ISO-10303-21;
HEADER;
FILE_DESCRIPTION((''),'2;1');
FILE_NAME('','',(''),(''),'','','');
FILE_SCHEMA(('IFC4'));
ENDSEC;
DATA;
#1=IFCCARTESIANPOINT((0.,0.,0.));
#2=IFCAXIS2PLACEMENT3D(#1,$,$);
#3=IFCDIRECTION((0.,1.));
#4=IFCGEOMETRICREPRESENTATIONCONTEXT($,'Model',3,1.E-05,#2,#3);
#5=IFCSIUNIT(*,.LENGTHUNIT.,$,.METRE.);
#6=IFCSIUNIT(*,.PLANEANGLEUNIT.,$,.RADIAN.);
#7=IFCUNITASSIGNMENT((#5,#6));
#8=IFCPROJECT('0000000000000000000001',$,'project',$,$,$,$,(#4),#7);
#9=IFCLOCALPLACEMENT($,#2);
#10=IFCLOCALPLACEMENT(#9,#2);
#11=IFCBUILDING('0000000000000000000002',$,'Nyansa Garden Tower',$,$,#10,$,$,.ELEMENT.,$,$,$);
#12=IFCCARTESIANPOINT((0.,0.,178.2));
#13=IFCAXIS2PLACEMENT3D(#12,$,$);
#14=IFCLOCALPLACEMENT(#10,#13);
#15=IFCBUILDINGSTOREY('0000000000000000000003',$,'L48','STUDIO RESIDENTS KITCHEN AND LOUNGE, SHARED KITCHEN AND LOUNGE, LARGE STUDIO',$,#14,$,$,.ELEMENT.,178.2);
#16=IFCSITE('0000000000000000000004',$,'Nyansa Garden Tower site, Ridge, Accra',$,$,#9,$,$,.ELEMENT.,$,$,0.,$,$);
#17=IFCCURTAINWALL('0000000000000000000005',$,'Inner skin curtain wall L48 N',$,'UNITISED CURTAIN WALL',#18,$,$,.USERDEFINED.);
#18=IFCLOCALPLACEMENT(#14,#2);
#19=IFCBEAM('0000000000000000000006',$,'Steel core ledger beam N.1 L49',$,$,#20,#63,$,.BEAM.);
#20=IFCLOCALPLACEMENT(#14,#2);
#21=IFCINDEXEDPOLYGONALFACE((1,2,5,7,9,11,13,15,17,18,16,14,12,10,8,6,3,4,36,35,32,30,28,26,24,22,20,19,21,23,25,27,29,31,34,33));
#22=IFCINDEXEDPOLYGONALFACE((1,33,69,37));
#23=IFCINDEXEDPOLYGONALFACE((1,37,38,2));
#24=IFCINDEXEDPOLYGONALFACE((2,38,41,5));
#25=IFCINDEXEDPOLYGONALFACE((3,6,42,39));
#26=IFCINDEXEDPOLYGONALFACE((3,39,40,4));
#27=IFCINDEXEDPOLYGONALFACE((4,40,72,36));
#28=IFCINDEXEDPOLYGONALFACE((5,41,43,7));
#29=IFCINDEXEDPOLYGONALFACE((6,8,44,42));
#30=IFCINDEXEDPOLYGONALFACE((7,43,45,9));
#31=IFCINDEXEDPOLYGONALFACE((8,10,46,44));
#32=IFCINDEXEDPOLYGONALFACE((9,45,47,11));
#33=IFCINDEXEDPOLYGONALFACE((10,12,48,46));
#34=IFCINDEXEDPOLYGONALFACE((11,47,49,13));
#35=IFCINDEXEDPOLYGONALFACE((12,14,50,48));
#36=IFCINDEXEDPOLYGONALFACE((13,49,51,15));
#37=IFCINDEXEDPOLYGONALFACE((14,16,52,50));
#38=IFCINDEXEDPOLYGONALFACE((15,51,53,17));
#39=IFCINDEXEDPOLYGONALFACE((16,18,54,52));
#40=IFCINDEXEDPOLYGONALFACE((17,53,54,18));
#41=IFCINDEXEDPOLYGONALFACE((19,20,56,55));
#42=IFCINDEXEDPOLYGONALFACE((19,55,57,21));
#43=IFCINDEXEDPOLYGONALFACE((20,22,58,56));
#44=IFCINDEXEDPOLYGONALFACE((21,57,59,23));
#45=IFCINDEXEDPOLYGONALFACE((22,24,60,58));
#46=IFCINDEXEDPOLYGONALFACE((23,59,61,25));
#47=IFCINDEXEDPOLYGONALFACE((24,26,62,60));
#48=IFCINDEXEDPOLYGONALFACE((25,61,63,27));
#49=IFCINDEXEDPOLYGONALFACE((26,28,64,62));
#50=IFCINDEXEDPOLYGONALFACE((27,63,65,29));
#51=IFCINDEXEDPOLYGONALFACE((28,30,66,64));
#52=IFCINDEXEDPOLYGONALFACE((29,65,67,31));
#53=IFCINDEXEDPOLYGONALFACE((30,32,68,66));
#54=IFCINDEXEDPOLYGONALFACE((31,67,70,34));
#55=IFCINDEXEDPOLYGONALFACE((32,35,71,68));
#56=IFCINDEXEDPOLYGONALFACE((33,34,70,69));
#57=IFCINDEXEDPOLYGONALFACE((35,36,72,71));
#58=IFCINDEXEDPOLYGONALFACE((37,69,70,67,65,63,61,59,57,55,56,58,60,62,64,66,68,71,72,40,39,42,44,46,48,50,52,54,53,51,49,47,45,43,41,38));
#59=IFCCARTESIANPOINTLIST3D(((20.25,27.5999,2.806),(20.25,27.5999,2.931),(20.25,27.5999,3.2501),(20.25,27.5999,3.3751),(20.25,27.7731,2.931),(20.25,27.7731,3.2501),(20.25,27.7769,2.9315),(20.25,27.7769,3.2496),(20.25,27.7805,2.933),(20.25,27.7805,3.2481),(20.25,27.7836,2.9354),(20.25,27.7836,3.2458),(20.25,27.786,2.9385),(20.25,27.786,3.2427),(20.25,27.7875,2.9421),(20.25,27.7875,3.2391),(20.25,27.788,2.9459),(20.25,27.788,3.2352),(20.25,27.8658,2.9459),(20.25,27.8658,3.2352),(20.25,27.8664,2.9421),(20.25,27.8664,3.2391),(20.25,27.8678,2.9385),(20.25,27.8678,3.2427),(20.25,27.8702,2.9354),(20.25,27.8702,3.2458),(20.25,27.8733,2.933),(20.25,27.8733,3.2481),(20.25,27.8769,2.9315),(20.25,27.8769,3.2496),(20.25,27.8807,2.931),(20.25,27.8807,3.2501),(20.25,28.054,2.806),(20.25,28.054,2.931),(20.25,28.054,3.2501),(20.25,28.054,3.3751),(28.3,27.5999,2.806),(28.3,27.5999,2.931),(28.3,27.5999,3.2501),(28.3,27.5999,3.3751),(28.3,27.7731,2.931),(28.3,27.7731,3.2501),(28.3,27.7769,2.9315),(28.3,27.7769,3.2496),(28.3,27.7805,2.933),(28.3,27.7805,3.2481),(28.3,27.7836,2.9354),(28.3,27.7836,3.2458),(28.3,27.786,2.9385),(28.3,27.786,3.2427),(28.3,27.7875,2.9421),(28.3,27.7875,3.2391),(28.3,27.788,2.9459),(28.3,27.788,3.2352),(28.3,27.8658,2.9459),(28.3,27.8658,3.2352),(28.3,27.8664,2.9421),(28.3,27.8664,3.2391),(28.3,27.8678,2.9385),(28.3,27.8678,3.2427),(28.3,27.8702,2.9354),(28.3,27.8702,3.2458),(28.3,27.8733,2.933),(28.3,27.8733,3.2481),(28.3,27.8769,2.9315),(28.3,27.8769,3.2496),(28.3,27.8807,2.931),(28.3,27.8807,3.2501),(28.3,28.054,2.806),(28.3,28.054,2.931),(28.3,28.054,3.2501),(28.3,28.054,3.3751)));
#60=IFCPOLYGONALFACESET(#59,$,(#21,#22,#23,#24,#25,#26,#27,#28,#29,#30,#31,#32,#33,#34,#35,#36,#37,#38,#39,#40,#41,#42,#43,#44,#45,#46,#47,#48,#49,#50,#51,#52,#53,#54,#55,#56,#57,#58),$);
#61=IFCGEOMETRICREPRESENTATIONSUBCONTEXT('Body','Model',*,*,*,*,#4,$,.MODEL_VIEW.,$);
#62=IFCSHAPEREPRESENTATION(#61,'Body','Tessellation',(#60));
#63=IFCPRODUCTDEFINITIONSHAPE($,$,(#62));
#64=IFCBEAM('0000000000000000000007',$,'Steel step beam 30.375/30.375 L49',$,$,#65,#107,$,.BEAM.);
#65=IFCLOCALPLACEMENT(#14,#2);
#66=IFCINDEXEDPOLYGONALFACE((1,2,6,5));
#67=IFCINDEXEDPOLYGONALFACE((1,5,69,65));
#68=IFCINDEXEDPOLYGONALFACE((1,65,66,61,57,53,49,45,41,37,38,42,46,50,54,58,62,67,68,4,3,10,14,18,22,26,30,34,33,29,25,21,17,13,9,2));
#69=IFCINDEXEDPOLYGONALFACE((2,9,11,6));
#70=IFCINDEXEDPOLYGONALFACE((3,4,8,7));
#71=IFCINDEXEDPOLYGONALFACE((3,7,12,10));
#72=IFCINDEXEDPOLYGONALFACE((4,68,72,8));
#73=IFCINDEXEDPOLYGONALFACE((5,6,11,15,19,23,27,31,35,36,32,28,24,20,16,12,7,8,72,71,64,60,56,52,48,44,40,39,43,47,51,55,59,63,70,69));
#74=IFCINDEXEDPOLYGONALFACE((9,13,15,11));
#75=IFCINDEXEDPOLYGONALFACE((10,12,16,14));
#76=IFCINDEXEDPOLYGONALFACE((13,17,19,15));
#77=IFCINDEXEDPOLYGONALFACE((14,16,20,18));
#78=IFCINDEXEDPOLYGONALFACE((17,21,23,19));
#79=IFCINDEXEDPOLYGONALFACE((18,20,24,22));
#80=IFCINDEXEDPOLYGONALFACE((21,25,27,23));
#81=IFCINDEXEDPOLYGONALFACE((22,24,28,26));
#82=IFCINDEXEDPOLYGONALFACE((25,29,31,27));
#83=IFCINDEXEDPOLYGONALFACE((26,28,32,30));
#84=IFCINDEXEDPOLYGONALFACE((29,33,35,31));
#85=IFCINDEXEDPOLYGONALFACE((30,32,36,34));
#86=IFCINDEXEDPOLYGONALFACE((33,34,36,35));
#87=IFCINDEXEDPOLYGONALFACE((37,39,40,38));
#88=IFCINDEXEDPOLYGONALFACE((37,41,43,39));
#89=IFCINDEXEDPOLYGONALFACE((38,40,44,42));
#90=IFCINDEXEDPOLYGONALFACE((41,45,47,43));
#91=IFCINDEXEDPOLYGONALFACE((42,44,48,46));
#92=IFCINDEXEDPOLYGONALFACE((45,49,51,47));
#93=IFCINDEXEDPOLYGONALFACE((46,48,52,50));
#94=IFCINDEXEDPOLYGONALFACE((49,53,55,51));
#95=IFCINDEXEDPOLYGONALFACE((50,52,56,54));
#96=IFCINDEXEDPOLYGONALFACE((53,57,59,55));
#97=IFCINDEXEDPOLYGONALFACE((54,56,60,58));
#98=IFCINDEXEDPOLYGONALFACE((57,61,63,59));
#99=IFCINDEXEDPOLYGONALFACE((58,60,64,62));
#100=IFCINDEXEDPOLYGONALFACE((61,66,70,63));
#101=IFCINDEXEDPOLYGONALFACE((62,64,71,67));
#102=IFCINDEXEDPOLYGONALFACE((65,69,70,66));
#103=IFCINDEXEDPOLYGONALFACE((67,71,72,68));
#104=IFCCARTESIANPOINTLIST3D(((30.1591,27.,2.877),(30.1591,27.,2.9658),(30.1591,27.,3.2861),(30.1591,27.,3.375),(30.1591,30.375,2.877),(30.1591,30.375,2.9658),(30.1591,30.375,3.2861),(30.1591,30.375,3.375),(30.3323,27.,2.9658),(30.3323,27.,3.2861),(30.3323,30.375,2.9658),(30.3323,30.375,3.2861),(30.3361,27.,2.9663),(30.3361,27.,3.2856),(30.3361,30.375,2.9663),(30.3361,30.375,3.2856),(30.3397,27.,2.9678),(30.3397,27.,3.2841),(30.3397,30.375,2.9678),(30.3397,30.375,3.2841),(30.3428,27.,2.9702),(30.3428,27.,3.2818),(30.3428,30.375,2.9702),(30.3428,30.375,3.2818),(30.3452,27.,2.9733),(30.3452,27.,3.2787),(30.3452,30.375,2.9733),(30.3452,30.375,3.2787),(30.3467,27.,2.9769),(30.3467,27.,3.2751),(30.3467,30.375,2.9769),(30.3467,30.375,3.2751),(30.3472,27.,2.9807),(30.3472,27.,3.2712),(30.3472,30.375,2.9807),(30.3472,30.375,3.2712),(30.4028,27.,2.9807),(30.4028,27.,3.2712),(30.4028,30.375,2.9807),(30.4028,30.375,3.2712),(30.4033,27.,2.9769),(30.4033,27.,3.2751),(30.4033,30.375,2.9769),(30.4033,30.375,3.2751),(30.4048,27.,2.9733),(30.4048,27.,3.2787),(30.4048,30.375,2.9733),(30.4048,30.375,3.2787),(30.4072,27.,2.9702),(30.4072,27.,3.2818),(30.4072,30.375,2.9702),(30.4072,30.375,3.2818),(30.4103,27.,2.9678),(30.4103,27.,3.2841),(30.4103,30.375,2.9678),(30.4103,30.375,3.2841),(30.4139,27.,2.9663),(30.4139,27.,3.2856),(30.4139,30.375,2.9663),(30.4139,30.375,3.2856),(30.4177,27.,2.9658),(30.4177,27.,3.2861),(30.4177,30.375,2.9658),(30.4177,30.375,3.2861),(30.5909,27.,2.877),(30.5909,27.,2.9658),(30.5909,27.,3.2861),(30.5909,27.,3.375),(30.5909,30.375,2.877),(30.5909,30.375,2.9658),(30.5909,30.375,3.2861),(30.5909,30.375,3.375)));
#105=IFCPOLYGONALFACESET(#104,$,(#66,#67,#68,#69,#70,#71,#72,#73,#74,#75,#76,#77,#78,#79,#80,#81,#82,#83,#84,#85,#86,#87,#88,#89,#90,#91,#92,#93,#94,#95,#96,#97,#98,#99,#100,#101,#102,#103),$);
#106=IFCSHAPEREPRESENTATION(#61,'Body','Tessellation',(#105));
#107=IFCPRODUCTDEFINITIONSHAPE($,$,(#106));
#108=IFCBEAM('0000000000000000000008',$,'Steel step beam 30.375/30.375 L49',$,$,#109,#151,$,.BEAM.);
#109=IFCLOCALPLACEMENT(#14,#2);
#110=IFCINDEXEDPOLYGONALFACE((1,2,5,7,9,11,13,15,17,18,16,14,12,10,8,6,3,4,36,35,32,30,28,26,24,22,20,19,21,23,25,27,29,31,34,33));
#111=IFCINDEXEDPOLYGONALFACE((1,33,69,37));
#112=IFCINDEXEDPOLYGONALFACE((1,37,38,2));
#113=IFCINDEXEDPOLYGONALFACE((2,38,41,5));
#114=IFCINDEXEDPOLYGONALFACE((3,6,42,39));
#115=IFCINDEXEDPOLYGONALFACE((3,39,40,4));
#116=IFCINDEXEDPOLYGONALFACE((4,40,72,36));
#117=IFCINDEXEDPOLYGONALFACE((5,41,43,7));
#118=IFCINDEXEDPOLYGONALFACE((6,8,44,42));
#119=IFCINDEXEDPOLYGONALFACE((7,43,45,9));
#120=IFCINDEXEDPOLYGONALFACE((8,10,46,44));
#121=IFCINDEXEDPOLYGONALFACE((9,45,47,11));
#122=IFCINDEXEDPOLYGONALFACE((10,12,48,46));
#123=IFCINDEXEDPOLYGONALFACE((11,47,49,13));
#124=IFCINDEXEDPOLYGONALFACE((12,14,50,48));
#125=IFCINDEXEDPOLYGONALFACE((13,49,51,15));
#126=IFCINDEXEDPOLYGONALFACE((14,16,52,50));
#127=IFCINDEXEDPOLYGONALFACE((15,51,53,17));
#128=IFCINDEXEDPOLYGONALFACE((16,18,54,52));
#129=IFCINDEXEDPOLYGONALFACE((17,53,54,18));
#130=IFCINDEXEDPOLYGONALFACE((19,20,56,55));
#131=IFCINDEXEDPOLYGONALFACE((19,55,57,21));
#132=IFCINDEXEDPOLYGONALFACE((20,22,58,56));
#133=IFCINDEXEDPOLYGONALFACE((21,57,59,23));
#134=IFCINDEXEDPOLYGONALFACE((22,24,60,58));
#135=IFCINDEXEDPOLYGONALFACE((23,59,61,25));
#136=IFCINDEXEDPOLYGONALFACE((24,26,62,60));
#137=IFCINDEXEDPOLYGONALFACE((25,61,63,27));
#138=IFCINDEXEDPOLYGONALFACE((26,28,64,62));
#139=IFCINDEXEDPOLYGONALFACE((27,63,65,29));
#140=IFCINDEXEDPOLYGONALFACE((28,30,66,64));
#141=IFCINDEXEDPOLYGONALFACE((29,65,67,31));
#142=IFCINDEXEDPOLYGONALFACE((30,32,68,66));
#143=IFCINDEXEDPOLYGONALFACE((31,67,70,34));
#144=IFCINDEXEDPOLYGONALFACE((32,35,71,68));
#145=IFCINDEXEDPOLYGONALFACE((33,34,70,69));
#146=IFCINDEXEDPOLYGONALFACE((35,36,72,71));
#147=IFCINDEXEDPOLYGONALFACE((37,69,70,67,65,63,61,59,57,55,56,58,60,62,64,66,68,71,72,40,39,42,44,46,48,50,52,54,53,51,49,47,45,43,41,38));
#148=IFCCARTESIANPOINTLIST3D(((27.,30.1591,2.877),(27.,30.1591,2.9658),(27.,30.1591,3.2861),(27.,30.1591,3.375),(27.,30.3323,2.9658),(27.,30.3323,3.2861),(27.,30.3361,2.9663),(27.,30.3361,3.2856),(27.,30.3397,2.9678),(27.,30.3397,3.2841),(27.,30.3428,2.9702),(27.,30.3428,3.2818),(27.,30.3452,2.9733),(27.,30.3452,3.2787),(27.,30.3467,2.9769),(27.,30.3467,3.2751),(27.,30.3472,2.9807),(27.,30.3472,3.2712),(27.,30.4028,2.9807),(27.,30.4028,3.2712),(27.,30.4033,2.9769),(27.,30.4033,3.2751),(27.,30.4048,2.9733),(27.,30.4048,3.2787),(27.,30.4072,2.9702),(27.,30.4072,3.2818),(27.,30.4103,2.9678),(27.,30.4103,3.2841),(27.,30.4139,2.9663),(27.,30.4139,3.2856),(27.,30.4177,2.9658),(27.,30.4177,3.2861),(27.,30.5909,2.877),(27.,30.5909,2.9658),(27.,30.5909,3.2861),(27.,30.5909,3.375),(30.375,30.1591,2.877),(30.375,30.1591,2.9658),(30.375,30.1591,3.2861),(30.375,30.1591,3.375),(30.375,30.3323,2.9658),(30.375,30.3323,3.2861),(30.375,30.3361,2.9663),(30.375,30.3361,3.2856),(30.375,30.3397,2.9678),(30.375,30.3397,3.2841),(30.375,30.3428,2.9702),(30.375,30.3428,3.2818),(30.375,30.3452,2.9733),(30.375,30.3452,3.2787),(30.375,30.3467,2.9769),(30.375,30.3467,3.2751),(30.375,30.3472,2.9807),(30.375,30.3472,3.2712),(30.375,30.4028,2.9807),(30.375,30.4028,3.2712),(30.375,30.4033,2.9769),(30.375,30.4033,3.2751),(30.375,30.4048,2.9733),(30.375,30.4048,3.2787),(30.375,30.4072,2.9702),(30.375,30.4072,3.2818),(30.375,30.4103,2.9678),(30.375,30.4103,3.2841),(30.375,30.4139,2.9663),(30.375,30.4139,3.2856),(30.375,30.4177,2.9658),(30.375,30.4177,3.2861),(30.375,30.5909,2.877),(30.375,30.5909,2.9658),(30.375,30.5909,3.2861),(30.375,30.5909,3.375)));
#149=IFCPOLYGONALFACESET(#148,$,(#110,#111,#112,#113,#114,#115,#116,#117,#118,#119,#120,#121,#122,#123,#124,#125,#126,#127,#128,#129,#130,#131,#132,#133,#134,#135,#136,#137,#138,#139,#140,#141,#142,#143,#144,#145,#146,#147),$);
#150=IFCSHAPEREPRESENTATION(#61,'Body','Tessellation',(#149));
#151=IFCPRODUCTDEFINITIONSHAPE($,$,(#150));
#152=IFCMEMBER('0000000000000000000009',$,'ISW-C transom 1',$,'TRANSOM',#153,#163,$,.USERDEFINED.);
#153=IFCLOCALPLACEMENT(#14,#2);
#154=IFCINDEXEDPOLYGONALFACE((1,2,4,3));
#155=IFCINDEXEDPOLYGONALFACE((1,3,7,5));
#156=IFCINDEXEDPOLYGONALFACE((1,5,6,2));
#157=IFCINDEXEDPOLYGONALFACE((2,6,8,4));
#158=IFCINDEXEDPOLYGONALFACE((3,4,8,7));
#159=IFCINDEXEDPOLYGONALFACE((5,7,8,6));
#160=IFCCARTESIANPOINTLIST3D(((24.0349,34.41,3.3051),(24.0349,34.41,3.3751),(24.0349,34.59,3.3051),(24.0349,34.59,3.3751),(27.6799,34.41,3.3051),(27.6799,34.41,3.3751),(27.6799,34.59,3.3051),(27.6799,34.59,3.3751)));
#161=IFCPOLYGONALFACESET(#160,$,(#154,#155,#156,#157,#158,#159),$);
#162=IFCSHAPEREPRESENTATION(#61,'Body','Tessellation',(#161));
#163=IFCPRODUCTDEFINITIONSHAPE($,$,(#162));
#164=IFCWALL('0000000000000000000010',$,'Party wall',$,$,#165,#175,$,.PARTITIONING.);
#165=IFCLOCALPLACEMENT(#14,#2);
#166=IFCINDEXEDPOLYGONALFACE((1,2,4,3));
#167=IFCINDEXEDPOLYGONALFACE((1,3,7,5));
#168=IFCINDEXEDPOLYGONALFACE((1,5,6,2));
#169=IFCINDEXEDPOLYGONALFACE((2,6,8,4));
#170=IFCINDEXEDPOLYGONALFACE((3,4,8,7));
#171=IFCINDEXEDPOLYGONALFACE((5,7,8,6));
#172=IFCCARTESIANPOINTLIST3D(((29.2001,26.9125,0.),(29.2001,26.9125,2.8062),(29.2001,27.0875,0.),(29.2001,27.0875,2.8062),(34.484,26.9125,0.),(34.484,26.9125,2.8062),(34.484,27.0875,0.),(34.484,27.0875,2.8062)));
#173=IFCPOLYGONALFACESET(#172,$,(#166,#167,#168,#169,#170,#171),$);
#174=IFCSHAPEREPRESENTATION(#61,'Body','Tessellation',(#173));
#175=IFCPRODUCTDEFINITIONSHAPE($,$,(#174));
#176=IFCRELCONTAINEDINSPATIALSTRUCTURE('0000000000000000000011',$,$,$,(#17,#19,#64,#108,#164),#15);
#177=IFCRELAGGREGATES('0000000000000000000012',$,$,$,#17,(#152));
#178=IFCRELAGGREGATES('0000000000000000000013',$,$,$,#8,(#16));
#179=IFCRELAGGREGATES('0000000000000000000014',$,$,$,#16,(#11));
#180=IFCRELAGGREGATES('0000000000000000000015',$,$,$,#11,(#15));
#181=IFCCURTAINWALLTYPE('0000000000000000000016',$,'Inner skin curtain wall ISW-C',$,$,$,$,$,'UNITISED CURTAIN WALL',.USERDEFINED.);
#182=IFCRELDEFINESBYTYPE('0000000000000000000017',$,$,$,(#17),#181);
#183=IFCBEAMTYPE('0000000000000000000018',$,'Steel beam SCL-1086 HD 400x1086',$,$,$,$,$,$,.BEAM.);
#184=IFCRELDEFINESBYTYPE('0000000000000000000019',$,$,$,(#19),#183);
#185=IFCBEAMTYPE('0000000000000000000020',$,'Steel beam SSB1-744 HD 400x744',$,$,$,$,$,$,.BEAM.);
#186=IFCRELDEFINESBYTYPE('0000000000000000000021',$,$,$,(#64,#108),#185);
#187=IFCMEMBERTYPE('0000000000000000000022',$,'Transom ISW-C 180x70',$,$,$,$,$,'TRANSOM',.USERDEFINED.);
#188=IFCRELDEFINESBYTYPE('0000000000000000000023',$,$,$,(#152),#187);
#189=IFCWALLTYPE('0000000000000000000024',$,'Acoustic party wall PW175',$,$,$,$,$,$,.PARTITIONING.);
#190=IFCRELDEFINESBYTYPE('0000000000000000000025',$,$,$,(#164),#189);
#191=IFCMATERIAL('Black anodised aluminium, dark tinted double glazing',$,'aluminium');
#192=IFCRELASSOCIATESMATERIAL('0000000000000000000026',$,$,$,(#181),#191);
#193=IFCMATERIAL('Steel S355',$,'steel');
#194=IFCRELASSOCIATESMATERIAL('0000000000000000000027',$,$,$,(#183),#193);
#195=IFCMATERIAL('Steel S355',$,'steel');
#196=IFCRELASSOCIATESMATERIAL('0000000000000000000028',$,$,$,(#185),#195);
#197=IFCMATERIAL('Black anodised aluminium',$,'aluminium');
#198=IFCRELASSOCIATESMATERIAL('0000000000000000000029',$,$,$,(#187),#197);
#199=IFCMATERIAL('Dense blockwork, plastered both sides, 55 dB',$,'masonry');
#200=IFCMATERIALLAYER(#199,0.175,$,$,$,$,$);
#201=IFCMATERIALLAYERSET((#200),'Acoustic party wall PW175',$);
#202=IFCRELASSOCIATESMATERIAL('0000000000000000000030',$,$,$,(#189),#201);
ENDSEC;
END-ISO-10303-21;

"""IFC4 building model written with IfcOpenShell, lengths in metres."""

from ifc_helpers import new_model, si_unit, direction, frame, frame_2d, origin, origin_2d, place, context, subcontext, project, spatial, rectangle, i_section, extrude, material, layer, layer_set, material_profile, profile_set, type_object, element, aggregate, save


model = new_model("IFC4")

# Units and contexts
model_context = context("Model", 3, precision=1e-05, world=origin(), true_north=direction((0.0, 1.0)))
body_context = subcontext(model_context, "Body", "Model", "MODEL_VIEW")
ifc_project = project(units=[si_unit("LENGTHUNIT", "METRE"), si_unit("PLANEANGLEUNIT", "RADIAN")], contexts=[model_context])

# Site, building, storey
site_placement = place(None, origin())
site = spatial("IfcSite", under=ifc_project, at=site_placement, Name="Nyansa Garden Tower site, Ridge, Accra", CompositionType="ELEMENT", RefElevation=0.0)
building_placement = place(site_placement, origin())
building = spatial("IfcBuilding", under=site, at=building_placement, Name="Nyansa Garden Tower", CompositionType="ELEMENT")
storey_placement = place(building_placement, frame((0.0, 0.0, 178.2)))
storey = spatial("IfcBuildingStorey", under=building, at=storey_placement, Name="L48", Description="STUDIO RESIDENTS KITCHEN AND LOUNGE, SHARED KITCHEN AND LOUNGE, LARGE STUDIO", CompositionType="ELEMENT", Elevation=178.2)

# Curtain wall
ifc_material_1 = material(Name="Black anodised aluminium, dark tinted double glazing", Category="aluminium")
curtain_wall_type = type_object("IfcCurtainWallType", Name="Inner skin curtain wall ISW-C", ElementType="UNITISED CURTAIN WALL", PredefinedType="USERDEFINED", material=ifc_material_1)
curtain_wall_1_placement = place(storey_placement, origin())
curtain_wall_1 = element("IfcCurtainWall", 1, at=curtain_wall_1_placement, inside=storey, type_object=curtain_wall_type, Name="Inner skin curtain wall L48 N", ObjectType="UNITISED CURTAIN WALL", PredefinedType="USERDEFINED")

# Beams
ifc_material_2 = material(Name="Steel S355", Category="steel")
ifc_material_profile_1 = material_profile(ifc_material_2, i_section(OverallWidth=0.4541, OverallDepth=0.5691, WebThickness=0.0779, FlangeThickness=0.125, FilletRadius=0.0149, at=origin_2d()), Name="HD 400x1086")
ifc_profile_set_1 = profile_set([ifc_material_profile_1], Name="Steel S355")
beam_type_1 = type_object("IfcBeamType", Name="Steel beam SCL-1086 HD 400x1086", PredefinedType="BEAM", material=ifc_profile_set_1)
beam_1_placement = place(storey_placement, frame((28.3, 27.8269, 3.0906), z_axis=(-1.0, 0.0, 0.0), x_axis=(0.0, -1.0, 0.0)))
element("IfcBeam", 2, at=beam_1_placement, inside=storey, type_object=beam_type_1, Name="Steel core ledger beam N.1 L49", PredefinedType="BEAM", context=body_context, shape_type="SweptSolid", body=[
    extrude(i_section(OverallWidth=0.4541, OverallDepth=0.5691, WebThickness=0.0779, FlangeThickness=0.125, FilletRadius=0.0149, at=origin_2d()), origin(), (0.0, 0.0, 1.0), 8.05),
])
ifc_material_3 = material(Name="Steel S355", Category="steel")
ifc_material_profile_2 = material_profile(ifc_material_3, i_section(OverallWidth=0.4319, OverallDepth=0.498, WebThickness=0.0557, FlangeThickness=0.0889, FilletRadius=0.0149, at=origin_2d()), Name="HD 400x744")
ifc_profile_set_2 = profile_set([ifc_material_profile_2], Name="Steel S355")
beam_type_2 = type_object("IfcBeamType", Name="Steel beam SSB1-744 HD 400x744", PredefinedType="BEAM", material=ifc_profile_set_2)
for number, where, z_axis, x_axis, name in (
    (3, (30.375, 30.375, 3.126), (0.0, -1.0, 0.0), (1.0, 0.0, 0.0), "Steel step beam 30.375/30.375 L49"),
    (4, (30.375, 30.375, 3.126), (-1.0, 0.0, 0.0), (0.0, -1.0, 0.0), "Steel step beam 30.375/30.375 L49"),
):
    element("IfcBeam", number, at=place(storey_placement, frame(where, z_axis=z_axis, x_axis=x_axis)), inside=storey, type_object=beam_type_2, Name=name, PredefinedType="BEAM", context=body_context, shape_type="SweptSolid", body=[
        extrude(i_section(OverallWidth=0.4319, OverallDepth=0.498, WebThickness=0.0557, FlangeThickness=0.0889, FilletRadius=0.0149, at=origin_2d()), origin(), (0.0, 0.0, 1.0), 3.375),
    ])

# Member
ifc_material_4 = material(Name="Black anodised aluminium", Category="aluminium")
ifc_material_profile_3 = material_profile(ifc_material_4, rectangle(XDim=0.1799, YDim=0.0701, at=origin_2d()), Name="Transom 180x70")
ifc_profile_set_3 = profile_set([ifc_material_profile_3], Name="Black anodised aluminium")
member_type_1 = type_object("IfcMemberType", Name="Transom ISW-C 180x70", ElementType="TRANSOM", PredefinedType="USERDEFINED", material=ifc_profile_set_3)
member_1_placement = place(storey_placement, frame((27.6799, 34.5, 3.3401), z_axis=(-1.0, 0.0, 0.0), x_axis=(0.0, -1.0, 0.0)))
member_1 = element("IfcMember", 5, at=member_1_placement, type_object=member_type_1, Name="ISW-C transom 1", ObjectType="TRANSOM", PredefinedType="USERDEFINED", context=body_context, shape_type="SweptSolid", body=[
    extrude(rectangle(XDim=0.1799, YDim=0.0701, at=origin_2d()), origin(), (0.0, 0.0, 1.0), 3.645),
])
aggregate(curtain_wall_1, [member_1])

# Wall
ifc_material_5 = material(Name="Dense blockwork, plastered both sides, 55 dB", Category="masonry")
ifc_layer_1 = layer(ifc_material_5, 0.175)
ifc_layer_set_1 = layer_set([ifc_layer_1], Name="Acoustic party wall PW175")
wall_type_1 = type_object("IfcWallType", Name="Acoustic party wall PW175", PredefinedType="PARTITIONING", material=ifc_layer_set_1)
wall_1_placement = place(storey_placement, frame((29.2, 27.0, 0.0), z_axis=(0.0, 0.0, 1.0), x_axis=(1.0, 0.0, 0.0)))
element("IfcWall", 6, at=wall_1_placement, inside=storey, type_object=wall_type_1, Name="Party wall", PredefinedType="PARTITIONING", context=body_context, shape_type="SweptSolid", body=[
    extrude(rectangle(XDim=5.2839, YDim=0.175, at=frame_2d((2.6421, 0.0))), origin(), (0.0, 0.0, 1.0), 2.8062),
])

save(model, "model.ifc")
